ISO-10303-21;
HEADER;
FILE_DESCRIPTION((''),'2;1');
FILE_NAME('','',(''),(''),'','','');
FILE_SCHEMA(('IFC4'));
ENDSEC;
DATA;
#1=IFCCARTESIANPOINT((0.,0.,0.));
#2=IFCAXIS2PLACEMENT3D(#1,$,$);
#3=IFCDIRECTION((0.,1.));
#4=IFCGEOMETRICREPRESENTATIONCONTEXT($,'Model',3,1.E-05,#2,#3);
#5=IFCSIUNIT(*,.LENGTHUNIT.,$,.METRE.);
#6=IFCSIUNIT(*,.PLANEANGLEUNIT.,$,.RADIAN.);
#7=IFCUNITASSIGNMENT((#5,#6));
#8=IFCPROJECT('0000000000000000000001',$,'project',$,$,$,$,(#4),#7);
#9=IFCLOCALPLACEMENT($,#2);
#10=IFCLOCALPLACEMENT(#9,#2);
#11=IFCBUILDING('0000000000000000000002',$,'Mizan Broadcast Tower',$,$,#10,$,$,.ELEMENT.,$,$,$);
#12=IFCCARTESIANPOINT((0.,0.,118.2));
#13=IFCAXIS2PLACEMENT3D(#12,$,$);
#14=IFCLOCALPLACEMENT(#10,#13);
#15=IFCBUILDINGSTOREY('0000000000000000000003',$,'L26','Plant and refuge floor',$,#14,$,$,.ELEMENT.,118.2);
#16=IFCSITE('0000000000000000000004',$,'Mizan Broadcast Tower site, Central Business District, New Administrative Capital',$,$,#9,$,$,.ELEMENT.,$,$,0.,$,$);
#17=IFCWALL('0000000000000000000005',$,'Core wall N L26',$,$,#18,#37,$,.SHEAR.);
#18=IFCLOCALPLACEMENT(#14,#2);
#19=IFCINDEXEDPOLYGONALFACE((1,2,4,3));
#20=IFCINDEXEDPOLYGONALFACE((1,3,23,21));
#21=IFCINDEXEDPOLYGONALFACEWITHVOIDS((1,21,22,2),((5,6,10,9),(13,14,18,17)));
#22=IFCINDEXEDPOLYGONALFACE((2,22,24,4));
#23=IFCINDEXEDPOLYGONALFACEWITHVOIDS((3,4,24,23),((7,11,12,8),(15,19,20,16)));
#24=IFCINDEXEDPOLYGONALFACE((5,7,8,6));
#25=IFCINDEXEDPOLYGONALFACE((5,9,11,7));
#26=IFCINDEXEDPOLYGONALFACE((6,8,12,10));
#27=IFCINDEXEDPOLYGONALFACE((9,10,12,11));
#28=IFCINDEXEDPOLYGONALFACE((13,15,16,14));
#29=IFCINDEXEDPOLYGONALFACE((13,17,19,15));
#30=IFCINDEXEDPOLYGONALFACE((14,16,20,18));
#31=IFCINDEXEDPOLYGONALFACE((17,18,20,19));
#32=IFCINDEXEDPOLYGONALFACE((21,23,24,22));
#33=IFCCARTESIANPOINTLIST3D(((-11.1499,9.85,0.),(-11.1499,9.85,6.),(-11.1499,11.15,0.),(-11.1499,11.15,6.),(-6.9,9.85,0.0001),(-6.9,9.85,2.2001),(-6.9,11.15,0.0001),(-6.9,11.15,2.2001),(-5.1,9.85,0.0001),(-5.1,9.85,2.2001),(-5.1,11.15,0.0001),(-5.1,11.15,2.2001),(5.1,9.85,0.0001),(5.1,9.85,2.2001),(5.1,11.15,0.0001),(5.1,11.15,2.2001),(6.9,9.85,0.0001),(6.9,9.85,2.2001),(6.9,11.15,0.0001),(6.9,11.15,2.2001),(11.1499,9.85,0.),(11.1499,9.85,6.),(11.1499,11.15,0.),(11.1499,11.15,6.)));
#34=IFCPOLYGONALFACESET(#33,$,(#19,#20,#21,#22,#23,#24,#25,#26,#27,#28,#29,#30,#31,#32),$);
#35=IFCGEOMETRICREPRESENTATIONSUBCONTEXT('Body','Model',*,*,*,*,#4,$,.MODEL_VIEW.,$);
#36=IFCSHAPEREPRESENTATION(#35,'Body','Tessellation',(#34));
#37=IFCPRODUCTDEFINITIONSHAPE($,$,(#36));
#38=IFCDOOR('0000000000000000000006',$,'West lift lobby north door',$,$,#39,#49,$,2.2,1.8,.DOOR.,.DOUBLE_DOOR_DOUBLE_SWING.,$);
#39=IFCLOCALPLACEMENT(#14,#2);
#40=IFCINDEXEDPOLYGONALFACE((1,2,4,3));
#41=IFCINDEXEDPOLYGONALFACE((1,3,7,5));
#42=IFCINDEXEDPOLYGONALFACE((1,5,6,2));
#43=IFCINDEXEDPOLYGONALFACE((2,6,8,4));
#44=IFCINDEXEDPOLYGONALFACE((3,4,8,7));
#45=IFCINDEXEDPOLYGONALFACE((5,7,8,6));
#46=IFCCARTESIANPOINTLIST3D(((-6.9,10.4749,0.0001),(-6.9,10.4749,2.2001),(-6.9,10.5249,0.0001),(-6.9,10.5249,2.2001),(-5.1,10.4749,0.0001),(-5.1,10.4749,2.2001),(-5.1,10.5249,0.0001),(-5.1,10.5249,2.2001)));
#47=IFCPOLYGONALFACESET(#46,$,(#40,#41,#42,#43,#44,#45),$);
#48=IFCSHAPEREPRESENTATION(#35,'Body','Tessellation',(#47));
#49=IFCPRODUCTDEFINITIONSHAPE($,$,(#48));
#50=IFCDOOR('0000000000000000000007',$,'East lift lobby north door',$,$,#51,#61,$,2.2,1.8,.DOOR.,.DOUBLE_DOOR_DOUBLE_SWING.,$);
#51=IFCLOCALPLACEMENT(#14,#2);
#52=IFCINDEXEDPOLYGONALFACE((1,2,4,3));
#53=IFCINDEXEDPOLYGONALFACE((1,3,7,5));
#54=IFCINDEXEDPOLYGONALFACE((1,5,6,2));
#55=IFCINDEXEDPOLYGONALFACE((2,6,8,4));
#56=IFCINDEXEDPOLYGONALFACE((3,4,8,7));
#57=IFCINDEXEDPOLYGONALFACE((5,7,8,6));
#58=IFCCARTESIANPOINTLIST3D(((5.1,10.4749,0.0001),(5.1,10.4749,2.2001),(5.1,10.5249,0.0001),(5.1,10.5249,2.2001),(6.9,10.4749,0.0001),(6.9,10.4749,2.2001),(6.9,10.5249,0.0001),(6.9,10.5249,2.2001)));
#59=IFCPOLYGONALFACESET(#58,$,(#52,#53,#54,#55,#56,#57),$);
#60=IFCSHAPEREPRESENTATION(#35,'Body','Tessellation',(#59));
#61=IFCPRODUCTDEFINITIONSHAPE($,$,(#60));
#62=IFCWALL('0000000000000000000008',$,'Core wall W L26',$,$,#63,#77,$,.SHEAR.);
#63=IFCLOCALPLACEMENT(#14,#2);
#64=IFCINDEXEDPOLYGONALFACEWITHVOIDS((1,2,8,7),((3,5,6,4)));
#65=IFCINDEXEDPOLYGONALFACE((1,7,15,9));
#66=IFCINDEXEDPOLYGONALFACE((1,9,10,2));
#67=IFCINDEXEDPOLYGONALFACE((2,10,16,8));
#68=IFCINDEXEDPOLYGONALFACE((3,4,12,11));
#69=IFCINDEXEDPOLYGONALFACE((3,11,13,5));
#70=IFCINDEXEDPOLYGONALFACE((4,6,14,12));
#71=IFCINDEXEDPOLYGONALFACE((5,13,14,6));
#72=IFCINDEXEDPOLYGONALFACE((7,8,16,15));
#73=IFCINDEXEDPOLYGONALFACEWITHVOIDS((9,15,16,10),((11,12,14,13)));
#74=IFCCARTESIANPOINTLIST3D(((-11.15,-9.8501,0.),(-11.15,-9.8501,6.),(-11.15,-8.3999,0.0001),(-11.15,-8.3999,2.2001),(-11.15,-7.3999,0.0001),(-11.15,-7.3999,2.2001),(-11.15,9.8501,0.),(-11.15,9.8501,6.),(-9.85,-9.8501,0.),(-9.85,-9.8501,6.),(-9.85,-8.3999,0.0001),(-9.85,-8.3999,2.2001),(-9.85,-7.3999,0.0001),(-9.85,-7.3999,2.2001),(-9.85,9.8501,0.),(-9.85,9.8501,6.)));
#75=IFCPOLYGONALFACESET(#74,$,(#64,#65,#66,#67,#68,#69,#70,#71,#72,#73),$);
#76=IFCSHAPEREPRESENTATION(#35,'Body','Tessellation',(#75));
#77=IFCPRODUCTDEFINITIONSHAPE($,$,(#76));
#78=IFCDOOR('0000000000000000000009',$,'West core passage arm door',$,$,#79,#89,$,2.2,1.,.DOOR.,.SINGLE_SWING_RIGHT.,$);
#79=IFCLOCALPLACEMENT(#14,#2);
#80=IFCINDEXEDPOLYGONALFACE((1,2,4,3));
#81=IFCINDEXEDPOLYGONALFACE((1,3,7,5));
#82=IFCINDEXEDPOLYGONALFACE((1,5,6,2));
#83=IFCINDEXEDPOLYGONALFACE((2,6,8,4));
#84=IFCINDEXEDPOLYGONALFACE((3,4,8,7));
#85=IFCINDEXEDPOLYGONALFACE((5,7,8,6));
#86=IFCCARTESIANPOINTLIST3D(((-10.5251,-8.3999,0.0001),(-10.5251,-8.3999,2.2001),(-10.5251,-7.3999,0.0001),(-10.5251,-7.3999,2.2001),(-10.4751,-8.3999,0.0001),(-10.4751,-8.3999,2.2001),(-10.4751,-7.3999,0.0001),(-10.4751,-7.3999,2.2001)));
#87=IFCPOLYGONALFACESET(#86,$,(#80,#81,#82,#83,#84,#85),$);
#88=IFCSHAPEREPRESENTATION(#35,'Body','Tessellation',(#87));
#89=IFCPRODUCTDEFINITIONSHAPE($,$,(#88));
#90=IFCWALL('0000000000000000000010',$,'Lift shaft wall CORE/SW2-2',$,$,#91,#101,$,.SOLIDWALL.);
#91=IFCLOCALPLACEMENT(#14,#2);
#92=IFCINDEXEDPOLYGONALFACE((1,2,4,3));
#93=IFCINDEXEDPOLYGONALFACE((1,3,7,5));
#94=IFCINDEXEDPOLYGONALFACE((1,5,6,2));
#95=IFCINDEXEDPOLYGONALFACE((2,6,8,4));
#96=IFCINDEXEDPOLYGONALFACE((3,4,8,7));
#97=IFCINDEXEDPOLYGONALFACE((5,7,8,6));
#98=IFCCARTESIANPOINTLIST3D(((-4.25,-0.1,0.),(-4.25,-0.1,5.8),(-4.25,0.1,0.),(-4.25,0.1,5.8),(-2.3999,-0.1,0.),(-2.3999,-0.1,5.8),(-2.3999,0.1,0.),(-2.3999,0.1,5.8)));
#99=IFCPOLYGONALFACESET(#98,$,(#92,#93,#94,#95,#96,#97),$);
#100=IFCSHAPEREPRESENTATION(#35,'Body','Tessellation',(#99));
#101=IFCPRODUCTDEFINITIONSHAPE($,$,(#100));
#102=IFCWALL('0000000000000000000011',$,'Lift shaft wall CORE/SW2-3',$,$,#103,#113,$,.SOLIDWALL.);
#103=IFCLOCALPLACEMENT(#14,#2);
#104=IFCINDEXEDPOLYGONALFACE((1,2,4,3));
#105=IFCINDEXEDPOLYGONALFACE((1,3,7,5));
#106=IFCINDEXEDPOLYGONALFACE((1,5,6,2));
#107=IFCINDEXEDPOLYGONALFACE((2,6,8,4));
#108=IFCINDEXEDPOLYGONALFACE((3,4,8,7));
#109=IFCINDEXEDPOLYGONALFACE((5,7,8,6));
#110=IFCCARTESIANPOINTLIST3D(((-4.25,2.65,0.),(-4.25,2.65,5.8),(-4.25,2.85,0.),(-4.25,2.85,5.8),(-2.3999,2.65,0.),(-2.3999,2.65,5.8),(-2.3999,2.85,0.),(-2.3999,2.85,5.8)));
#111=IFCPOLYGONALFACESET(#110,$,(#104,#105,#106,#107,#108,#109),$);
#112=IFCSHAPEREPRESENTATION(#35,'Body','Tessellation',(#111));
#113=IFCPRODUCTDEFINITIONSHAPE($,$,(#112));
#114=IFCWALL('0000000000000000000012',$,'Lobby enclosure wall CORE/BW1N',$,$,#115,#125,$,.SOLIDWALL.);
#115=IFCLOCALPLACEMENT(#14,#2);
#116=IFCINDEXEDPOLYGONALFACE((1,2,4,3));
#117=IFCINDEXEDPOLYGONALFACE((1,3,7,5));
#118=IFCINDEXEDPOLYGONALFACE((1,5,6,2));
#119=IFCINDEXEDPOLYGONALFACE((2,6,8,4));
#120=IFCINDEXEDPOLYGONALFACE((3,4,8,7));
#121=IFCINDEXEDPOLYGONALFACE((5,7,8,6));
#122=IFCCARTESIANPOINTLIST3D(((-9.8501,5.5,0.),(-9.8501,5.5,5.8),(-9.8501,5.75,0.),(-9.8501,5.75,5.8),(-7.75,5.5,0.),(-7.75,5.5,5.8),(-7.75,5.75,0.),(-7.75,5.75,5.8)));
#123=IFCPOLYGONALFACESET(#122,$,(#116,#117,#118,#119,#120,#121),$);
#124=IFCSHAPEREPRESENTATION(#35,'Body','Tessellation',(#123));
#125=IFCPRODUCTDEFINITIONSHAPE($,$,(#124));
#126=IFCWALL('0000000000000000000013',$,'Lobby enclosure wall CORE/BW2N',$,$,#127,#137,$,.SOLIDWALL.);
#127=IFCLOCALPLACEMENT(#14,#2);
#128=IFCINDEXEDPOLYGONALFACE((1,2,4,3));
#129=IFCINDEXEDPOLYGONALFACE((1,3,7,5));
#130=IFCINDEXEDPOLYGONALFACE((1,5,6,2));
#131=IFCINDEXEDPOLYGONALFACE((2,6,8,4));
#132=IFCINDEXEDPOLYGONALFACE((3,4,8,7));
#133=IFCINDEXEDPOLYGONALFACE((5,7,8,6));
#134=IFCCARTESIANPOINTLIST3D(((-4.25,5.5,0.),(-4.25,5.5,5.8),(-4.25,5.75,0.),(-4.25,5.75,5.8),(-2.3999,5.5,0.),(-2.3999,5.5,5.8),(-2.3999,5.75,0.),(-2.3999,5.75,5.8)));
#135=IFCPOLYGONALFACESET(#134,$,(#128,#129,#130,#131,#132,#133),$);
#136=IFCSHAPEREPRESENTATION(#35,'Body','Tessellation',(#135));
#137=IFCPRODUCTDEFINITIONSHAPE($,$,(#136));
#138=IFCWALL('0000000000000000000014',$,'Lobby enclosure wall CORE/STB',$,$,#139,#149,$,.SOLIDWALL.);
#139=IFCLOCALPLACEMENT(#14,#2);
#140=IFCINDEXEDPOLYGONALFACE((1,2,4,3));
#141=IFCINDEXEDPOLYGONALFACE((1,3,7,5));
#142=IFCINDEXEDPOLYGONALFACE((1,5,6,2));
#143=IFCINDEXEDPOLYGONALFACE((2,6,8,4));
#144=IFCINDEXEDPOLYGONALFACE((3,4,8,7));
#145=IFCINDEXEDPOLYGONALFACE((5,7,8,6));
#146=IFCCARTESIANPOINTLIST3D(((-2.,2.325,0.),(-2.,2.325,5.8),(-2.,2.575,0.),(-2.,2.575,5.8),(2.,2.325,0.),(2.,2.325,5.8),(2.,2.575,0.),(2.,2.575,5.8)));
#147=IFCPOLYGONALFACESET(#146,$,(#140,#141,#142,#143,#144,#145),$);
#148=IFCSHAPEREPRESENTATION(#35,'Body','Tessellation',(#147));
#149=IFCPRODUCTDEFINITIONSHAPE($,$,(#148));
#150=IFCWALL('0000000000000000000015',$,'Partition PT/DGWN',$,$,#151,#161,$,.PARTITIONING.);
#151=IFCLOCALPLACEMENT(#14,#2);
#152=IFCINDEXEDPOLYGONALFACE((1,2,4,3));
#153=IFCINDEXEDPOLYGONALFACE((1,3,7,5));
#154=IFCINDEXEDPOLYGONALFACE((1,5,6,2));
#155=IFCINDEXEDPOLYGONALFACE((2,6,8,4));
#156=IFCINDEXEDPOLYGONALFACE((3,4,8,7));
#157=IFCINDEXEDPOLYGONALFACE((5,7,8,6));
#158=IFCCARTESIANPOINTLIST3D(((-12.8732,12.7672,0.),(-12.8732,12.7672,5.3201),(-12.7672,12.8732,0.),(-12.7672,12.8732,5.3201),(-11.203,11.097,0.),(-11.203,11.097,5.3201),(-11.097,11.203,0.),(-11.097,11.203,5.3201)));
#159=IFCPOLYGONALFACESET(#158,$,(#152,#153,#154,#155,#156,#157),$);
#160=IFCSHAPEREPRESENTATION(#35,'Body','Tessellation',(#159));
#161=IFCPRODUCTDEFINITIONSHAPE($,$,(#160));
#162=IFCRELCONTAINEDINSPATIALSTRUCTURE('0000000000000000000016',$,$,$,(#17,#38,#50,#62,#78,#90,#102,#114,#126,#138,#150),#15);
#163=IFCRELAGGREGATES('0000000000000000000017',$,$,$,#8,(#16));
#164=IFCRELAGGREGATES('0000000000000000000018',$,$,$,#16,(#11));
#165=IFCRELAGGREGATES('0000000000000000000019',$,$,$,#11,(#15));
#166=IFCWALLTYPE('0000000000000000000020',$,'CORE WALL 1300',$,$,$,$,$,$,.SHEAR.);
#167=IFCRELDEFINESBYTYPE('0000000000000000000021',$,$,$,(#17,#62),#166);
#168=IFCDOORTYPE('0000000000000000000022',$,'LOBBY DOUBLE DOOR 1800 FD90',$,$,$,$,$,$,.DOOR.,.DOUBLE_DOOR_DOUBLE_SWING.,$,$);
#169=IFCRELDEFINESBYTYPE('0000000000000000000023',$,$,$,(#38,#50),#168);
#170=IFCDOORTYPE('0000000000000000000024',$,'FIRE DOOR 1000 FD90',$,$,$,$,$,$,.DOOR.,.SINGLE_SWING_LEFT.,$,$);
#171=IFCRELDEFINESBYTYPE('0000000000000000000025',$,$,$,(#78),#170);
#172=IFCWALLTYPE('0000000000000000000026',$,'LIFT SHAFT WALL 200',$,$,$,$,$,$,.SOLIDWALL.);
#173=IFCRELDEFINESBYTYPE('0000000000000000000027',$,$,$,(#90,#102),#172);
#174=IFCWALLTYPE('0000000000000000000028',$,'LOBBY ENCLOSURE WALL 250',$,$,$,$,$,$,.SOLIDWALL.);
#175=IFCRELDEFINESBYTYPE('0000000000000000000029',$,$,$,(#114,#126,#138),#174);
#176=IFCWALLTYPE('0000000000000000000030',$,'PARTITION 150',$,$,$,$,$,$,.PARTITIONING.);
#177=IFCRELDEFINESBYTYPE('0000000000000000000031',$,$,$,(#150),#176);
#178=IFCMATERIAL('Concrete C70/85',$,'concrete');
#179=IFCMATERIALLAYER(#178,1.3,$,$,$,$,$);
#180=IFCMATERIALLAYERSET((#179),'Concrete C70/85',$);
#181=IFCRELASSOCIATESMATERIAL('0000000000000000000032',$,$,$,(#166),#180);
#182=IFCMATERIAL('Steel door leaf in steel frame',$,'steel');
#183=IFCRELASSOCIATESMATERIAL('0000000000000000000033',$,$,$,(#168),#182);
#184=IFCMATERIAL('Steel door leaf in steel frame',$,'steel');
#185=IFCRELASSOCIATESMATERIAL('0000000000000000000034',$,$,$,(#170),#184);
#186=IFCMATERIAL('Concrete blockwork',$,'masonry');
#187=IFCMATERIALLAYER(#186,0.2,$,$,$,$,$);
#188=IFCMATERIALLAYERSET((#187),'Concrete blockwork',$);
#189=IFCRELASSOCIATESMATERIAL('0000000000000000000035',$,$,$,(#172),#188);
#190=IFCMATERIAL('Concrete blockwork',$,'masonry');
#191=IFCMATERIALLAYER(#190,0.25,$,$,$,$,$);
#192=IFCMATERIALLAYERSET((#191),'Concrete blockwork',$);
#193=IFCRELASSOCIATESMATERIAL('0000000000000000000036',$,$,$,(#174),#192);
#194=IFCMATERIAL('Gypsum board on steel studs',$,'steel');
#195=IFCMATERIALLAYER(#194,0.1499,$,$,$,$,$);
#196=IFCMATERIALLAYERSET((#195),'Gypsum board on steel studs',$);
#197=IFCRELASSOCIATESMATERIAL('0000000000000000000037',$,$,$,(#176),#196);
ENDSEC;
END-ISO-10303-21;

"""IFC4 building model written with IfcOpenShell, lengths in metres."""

from ifc_helpers import new_model, si_unit, direction, frame, frame_2d, origin, place, context, subcontext, project, spatial, rectangle, extrude, material, layer, layer_set, type_object, element, fill, save


model = new_model("IFC4")

# Units and contexts
model_context = context("Model", 3, precision=1e-05, world=origin(), true_north=direction((0.0, 1.0)))
body_context = subcontext(model_context, "Body", "Model", "MODEL_VIEW")
ifc_project = project(units=[si_unit("LENGTHUNIT", "METRE"), si_unit("PLANEANGLEUNIT", "RADIAN")], contexts=[model_context])

# Site, building, storey
site_placement = place(None, origin())
site = spatial("IfcSite", under=ifc_project, at=site_placement, Name="Mizan Broadcast Tower site, Central Business District, New Administrative Capital", CompositionType="ELEMENT", RefElevation=0.0)
building_placement = place(site_placement, origin())
building = spatial("IfcBuilding", under=site, at=building_placement, Name="Mizan Broadcast Tower", CompositionType="ELEMENT")
storey_placement = place(building_placement, frame((0.0, 0.0, 118.2)))
storey = spatial("IfcBuildingStorey", under=building, at=storey_placement, Name="L26", Description="Plant and refuge floor", CompositionType="ELEMENT", Elevation=118.2)

# Wall, openings, doors
ifc_material_1 = material(Name="Concrete C70/85", Category="concrete")
ifc_layer_1 = layer(ifc_material_1, 1.3)
ifc_layer_set_1 = layer_set([ifc_layer_1], Name="Concrete C70/85")
wall_type_1 = type_object("IfcWallType", Name="CORE WALL 1300", PredefinedType="SHEAR", material=ifc_layer_set_1)
wall_1_placement = place(storey_placement, frame((-11.1499, 10.5, 0.0), z_axis=(0.0, 0.0, 1.0), x_axis=(1.0, 0.0, 0.0)))
wall_1 = element("IfcWall", 1, at=wall_1_placement, inside=storey, type_object=wall_type_1, Name="Core wall N L26", PredefinedType="SHEAR", context=body_context, shape_type="SweptSolid", body=[
    extrude(rectangle(XDim=22.2998, YDim=1.3, at=frame_2d((11.1499, 0.0))), origin(), (0.0, 0.0, 1.0), 6.0),
])
opening_1_placement = place(wall_1_placement, frame((4.25, 0.0, 0.0)))
opening_1 = element("IfcOpeningElement", 2, at=opening_1_placement, cuts=wall_1, PredefinedType="OPENING", context=body_context, shape_type="SweptSolid", body=[
    extrude(rectangle(XDim=1.8, YDim=2.2, at=frame_2d((0.8999, 1.1001))), frame((0.0, 0.6599, 0.0), z_axis=(0.0, -1.0, 0.0), x_axis=(1.0, 0.0, 0.0)), (0.0, 0.0, 1.0), 1.3201),
])
opening_2_placement = place(wall_1_placement, frame((16.25, 0.0, 0.0)))
opening_2 = element("IfcOpeningElement", 3, at=opening_2_placement, cuts=wall_1, PredefinedType="OPENING", context=body_context, shape_type="SweptSolid", body=[
    extrude(rectangle(XDim=1.8, YDim=2.2, at=frame_2d((0.8999, 1.1001))), frame((0.0, 0.6599, 0.0), z_axis=(0.0, -1.0, 0.0), x_axis=(1.0, 0.0, 0.0)), (0.0, 0.0, 1.0), 1.3201),
])
ifc_material_2 = material(Name="Steel door leaf in steel frame", Category="steel")
door_type_1 = type_object("IfcDoorType", Name="LOBBY DOUBLE DOOR 1800 FD90", OperationType="DOUBLE_DOOR_DOUBLE_SWING", PredefinedType="DOOR", material=ifc_material_2)
door_1_placement = place(opening_1_placement, origin())
door_1 = element("IfcDoor", 4, at=door_1_placement, inside=storey, type_object=door_type_1, Name="West lift lobby north door", OperationType="DOUBLE_DOOR_DOUBLE_SWING", OverallHeight=2.2, OverallWidth=1.8, PredefinedType="DOOR", context=body_context, shape_type="SweptSolid", body=[
    extrude(rectangle(XDim=1.8, YDim=2.2, at=frame_2d((0.8999, 1.1001))), frame((0.0, 0.0249, 0.0), z_axis=(0.0, -1.0, 0.0), x_axis=(1.0, 0.0, 0.0)), (0.0, 0.0, 1.0), 0.05),
])
fill(opening_1, door_1)
door_2_placement = place(opening_2_placement, origin())
door_2 = element("IfcDoor", 5, at=door_2_placement, inside=storey, type_object=door_type_1, Name="East lift lobby north door", OperationType="DOUBLE_DOOR_DOUBLE_SWING", OverallHeight=2.2, OverallWidth=1.8, PredefinedType="DOOR", context=body_context, shape_type="SweptSolid", body=[
    extrude(rectangle(XDim=1.8, YDim=2.2, at=frame_2d((0.8999, 1.1001))), frame((0.0, 0.0249, 0.0), z_axis=(0.0, -1.0, 0.0), x_axis=(1.0, 0.0, 0.0)), (0.0, 0.0, 1.0), 0.05),
])
fill(opening_2, door_2)

# Wall, opening, door
wall_2_placement = place(storey_placement, frame((-10.5, 9.8501, 0.0), z_axis=(0.0, 0.0, 1.0), x_axis=(0.0, -1.0, 0.0)))
wall_2 = element("IfcWall", 6, at=wall_2_placement, inside=storey, type_object=wall_type_1, Name="Core wall W L26", PredefinedType="SHEAR", context=body_context, shape_type="SweptSolid", body=[
    extrude(rectangle(XDim=19.7002, YDim=1.3, at=frame_2d((9.8501, 0.0))), origin(), (0.0, 0.0, 1.0), 6.0),
])
opening_3_placement = place(wall_2_placement, frame((17.25, 0.0, 0.0)))
opening_3 = element("IfcOpeningElement", 7, at=opening_3_placement, cuts=wall_2, PredefinedType="OPENING", context=body_context, shape_type="SweptSolid", body=[
    extrude(rectangle(XDim=1.0, YDim=2.2, at=frame_2d((0.5, 1.1001))), frame((0.0, 0.6599, 0.0), z_axis=(0.0, -1.0, 0.0), x_axis=(1.0, 0.0, 0.0)), (0.0, 0.0, 1.0), 1.3201),
])
ifc_material_3 = material(Name="Steel door leaf in steel frame", Category="steel")
door_type_2 = type_object("IfcDoorType", Name="FIRE DOOR 1000 FD90", OperationType="SINGLE_SWING_LEFT", PredefinedType="DOOR", material=ifc_material_3)
door_3_placement = place(opening_3_placement, origin())
door_3 = element("IfcDoor", 8, at=door_3_placement, inside=storey, type_object=door_type_2, Name="West core passage arm door", OperationType="SINGLE_SWING_RIGHT", OverallHeight=2.2, OverallWidth=1.0, PredefinedType="DOOR", context=body_context, shape_type="SweptSolid", body=[
    extrude(rectangle(XDim=1.0, YDim=2.2, at=frame_2d((0.5, 1.1001))), frame((0.0, 0.0249, 0.0), z_axis=(0.0, -1.0, 0.0), x_axis=(1.0, 0.0, 0.0)), (0.0, 0.0, 1.0), 0.05),
])
fill(opening_3, door_3)

# Walls
ifc_material_4 = material(Name="Concrete blockwork", Category="masonry")
ifc_layer_2 = layer(ifc_material_4, 0.2)
ifc_layer_set_2 = layer_set([ifc_layer_2], Name="Concrete blockwork")
wall_type_2 = type_object("IfcWallType", Name="LIFT SHAFT WALL 200", PredefinedType="SOLIDWALL", material=ifc_layer_set_2)
for number, where, z_axis, x_axis, name in (
    (9, (-4.25, 0.0, 0.0), (0.0, 0.0, 1.0), (1.0, 0.0, 0.0), "Lift shaft wall CORE/SW2-2"),
    (10, (-4.25, 2.75, 0.0), (0.0, 0.0, 1.0), (1.0, 0.0, 0.0), "Lift shaft wall CORE/SW2-3"),
):
    element("IfcWall", number, at=place(storey_placement, frame(where, z_axis=z_axis, x_axis=x_axis)), inside=storey, type_object=wall_type_2, Name=name, PredefinedType="SOLIDWALL", context=body_context, shape_type="SweptSolid", body=[
        extrude(rectangle(XDim=1.8501, YDim=0.2, at=frame_2d((0.925, 0.0))), origin(), (0.0, 0.0, 1.0), 5.8),
    ])
ifc_material_5 = material(Name="Concrete blockwork", Category="masonry")
ifc_layer_3 = layer(ifc_material_5, 0.25)
ifc_layer_set_3 = layer_set([ifc_layer_3], Name="Concrete blockwork")
wall_type_3 = type_object("IfcWallType", Name="LOBBY ENCLOSURE WALL 250", PredefinedType="SOLIDWALL", material=ifc_layer_set_3)
wall_3_placement = place(storey_placement, frame((-9.8501, 5.625, 0.0), z_axis=(0.0, 0.0, 1.0), x_axis=(1.0, 0.0, 0.0)))
element("IfcWall", 11, at=wall_3_placement, inside=storey, type_object=wall_type_3, Name="Lobby enclosure wall CORE/BW1N", PredefinedType="SOLIDWALL", context=body_context, shape_type="SweptSolid", body=[
    extrude(rectangle(XDim=2.1001, YDim=0.25, at=frame_2d((1.05, 0.0))), origin(), (0.0, 0.0, 1.0), 5.8),
])
wall_4_placement = place(storey_placement, frame((-4.25, 5.625, 0.0), z_axis=(0.0, 0.0, 1.0), x_axis=(1.0, 0.0, 0.0)))
element("IfcWall", 12, at=wall_4_placement, inside=storey, type_object=wall_type_3, Name="Lobby enclosure wall CORE/BW2N", PredefinedType="SOLIDWALL", context=body_context, shape_type="SweptSolid", body=[
    extrude(rectangle(XDim=1.8501, YDim=0.25, at=frame_2d((0.925, 0.0))), origin(), (0.0, 0.0, 1.0), 5.8),
])
wall_5_placement = place(storey_placement, frame((-2.0, 2.45, 0.0), z_axis=(0.0, 0.0, 1.0), x_axis=(1.0, 0.0, 0.0)))
element("IfcWall", 13, at=wall_5_placement, inside=storey, type_object=wall_type_3, Name="Lobby enclosure wall CORE/STB", PredefinedType="SOLIDWALL", context=body_context, shape_type="SweptSolid", body=[
    extrude(rectangle(XDim=4.0, YDim=0.25, at=frame_2d((2.0, 0.0))), origin(), (0.0, 0.0, 1.0), 5.8),
])
ifc_material_6 = material(Name="Gypsum board on steel studs", Category="steel")
ifc_layer_4 = layer(ifc_material_6, 0.1499)
ifc_layer_set_4 = layer_set([ifc_layer_4], Name="Gypsum board on steel studs")
wall_type_4 = type_object("IfcWallType", Name="PARTITION 150", PredefinedType="PARTITIONING", material=ifc_layer_set_4)
wall_6_placement = place(storey_placement, frame((-11.1499, 11.1499, 0.0), z_axis=(0.0, 0.0, 1.0), x_axis=(-0.707107, 0.707107, 0.0)))
element("IfcWall", 14, at=wall_6_placement, inside=storey, type_object=wall_type_4, Name="Partition PT/DGWN", PredefinedType="PARTITIONING", context=body_context, shape_type="SweptSolid", body=[
    extrude(rectangle(XDim=2.3621, YDim=0.1499, at=frame_2d((1.1812, 0.0))), origin(), (0.0, 0.0, 1.0), 5.3201),
])

save(model, "model.ifc")
